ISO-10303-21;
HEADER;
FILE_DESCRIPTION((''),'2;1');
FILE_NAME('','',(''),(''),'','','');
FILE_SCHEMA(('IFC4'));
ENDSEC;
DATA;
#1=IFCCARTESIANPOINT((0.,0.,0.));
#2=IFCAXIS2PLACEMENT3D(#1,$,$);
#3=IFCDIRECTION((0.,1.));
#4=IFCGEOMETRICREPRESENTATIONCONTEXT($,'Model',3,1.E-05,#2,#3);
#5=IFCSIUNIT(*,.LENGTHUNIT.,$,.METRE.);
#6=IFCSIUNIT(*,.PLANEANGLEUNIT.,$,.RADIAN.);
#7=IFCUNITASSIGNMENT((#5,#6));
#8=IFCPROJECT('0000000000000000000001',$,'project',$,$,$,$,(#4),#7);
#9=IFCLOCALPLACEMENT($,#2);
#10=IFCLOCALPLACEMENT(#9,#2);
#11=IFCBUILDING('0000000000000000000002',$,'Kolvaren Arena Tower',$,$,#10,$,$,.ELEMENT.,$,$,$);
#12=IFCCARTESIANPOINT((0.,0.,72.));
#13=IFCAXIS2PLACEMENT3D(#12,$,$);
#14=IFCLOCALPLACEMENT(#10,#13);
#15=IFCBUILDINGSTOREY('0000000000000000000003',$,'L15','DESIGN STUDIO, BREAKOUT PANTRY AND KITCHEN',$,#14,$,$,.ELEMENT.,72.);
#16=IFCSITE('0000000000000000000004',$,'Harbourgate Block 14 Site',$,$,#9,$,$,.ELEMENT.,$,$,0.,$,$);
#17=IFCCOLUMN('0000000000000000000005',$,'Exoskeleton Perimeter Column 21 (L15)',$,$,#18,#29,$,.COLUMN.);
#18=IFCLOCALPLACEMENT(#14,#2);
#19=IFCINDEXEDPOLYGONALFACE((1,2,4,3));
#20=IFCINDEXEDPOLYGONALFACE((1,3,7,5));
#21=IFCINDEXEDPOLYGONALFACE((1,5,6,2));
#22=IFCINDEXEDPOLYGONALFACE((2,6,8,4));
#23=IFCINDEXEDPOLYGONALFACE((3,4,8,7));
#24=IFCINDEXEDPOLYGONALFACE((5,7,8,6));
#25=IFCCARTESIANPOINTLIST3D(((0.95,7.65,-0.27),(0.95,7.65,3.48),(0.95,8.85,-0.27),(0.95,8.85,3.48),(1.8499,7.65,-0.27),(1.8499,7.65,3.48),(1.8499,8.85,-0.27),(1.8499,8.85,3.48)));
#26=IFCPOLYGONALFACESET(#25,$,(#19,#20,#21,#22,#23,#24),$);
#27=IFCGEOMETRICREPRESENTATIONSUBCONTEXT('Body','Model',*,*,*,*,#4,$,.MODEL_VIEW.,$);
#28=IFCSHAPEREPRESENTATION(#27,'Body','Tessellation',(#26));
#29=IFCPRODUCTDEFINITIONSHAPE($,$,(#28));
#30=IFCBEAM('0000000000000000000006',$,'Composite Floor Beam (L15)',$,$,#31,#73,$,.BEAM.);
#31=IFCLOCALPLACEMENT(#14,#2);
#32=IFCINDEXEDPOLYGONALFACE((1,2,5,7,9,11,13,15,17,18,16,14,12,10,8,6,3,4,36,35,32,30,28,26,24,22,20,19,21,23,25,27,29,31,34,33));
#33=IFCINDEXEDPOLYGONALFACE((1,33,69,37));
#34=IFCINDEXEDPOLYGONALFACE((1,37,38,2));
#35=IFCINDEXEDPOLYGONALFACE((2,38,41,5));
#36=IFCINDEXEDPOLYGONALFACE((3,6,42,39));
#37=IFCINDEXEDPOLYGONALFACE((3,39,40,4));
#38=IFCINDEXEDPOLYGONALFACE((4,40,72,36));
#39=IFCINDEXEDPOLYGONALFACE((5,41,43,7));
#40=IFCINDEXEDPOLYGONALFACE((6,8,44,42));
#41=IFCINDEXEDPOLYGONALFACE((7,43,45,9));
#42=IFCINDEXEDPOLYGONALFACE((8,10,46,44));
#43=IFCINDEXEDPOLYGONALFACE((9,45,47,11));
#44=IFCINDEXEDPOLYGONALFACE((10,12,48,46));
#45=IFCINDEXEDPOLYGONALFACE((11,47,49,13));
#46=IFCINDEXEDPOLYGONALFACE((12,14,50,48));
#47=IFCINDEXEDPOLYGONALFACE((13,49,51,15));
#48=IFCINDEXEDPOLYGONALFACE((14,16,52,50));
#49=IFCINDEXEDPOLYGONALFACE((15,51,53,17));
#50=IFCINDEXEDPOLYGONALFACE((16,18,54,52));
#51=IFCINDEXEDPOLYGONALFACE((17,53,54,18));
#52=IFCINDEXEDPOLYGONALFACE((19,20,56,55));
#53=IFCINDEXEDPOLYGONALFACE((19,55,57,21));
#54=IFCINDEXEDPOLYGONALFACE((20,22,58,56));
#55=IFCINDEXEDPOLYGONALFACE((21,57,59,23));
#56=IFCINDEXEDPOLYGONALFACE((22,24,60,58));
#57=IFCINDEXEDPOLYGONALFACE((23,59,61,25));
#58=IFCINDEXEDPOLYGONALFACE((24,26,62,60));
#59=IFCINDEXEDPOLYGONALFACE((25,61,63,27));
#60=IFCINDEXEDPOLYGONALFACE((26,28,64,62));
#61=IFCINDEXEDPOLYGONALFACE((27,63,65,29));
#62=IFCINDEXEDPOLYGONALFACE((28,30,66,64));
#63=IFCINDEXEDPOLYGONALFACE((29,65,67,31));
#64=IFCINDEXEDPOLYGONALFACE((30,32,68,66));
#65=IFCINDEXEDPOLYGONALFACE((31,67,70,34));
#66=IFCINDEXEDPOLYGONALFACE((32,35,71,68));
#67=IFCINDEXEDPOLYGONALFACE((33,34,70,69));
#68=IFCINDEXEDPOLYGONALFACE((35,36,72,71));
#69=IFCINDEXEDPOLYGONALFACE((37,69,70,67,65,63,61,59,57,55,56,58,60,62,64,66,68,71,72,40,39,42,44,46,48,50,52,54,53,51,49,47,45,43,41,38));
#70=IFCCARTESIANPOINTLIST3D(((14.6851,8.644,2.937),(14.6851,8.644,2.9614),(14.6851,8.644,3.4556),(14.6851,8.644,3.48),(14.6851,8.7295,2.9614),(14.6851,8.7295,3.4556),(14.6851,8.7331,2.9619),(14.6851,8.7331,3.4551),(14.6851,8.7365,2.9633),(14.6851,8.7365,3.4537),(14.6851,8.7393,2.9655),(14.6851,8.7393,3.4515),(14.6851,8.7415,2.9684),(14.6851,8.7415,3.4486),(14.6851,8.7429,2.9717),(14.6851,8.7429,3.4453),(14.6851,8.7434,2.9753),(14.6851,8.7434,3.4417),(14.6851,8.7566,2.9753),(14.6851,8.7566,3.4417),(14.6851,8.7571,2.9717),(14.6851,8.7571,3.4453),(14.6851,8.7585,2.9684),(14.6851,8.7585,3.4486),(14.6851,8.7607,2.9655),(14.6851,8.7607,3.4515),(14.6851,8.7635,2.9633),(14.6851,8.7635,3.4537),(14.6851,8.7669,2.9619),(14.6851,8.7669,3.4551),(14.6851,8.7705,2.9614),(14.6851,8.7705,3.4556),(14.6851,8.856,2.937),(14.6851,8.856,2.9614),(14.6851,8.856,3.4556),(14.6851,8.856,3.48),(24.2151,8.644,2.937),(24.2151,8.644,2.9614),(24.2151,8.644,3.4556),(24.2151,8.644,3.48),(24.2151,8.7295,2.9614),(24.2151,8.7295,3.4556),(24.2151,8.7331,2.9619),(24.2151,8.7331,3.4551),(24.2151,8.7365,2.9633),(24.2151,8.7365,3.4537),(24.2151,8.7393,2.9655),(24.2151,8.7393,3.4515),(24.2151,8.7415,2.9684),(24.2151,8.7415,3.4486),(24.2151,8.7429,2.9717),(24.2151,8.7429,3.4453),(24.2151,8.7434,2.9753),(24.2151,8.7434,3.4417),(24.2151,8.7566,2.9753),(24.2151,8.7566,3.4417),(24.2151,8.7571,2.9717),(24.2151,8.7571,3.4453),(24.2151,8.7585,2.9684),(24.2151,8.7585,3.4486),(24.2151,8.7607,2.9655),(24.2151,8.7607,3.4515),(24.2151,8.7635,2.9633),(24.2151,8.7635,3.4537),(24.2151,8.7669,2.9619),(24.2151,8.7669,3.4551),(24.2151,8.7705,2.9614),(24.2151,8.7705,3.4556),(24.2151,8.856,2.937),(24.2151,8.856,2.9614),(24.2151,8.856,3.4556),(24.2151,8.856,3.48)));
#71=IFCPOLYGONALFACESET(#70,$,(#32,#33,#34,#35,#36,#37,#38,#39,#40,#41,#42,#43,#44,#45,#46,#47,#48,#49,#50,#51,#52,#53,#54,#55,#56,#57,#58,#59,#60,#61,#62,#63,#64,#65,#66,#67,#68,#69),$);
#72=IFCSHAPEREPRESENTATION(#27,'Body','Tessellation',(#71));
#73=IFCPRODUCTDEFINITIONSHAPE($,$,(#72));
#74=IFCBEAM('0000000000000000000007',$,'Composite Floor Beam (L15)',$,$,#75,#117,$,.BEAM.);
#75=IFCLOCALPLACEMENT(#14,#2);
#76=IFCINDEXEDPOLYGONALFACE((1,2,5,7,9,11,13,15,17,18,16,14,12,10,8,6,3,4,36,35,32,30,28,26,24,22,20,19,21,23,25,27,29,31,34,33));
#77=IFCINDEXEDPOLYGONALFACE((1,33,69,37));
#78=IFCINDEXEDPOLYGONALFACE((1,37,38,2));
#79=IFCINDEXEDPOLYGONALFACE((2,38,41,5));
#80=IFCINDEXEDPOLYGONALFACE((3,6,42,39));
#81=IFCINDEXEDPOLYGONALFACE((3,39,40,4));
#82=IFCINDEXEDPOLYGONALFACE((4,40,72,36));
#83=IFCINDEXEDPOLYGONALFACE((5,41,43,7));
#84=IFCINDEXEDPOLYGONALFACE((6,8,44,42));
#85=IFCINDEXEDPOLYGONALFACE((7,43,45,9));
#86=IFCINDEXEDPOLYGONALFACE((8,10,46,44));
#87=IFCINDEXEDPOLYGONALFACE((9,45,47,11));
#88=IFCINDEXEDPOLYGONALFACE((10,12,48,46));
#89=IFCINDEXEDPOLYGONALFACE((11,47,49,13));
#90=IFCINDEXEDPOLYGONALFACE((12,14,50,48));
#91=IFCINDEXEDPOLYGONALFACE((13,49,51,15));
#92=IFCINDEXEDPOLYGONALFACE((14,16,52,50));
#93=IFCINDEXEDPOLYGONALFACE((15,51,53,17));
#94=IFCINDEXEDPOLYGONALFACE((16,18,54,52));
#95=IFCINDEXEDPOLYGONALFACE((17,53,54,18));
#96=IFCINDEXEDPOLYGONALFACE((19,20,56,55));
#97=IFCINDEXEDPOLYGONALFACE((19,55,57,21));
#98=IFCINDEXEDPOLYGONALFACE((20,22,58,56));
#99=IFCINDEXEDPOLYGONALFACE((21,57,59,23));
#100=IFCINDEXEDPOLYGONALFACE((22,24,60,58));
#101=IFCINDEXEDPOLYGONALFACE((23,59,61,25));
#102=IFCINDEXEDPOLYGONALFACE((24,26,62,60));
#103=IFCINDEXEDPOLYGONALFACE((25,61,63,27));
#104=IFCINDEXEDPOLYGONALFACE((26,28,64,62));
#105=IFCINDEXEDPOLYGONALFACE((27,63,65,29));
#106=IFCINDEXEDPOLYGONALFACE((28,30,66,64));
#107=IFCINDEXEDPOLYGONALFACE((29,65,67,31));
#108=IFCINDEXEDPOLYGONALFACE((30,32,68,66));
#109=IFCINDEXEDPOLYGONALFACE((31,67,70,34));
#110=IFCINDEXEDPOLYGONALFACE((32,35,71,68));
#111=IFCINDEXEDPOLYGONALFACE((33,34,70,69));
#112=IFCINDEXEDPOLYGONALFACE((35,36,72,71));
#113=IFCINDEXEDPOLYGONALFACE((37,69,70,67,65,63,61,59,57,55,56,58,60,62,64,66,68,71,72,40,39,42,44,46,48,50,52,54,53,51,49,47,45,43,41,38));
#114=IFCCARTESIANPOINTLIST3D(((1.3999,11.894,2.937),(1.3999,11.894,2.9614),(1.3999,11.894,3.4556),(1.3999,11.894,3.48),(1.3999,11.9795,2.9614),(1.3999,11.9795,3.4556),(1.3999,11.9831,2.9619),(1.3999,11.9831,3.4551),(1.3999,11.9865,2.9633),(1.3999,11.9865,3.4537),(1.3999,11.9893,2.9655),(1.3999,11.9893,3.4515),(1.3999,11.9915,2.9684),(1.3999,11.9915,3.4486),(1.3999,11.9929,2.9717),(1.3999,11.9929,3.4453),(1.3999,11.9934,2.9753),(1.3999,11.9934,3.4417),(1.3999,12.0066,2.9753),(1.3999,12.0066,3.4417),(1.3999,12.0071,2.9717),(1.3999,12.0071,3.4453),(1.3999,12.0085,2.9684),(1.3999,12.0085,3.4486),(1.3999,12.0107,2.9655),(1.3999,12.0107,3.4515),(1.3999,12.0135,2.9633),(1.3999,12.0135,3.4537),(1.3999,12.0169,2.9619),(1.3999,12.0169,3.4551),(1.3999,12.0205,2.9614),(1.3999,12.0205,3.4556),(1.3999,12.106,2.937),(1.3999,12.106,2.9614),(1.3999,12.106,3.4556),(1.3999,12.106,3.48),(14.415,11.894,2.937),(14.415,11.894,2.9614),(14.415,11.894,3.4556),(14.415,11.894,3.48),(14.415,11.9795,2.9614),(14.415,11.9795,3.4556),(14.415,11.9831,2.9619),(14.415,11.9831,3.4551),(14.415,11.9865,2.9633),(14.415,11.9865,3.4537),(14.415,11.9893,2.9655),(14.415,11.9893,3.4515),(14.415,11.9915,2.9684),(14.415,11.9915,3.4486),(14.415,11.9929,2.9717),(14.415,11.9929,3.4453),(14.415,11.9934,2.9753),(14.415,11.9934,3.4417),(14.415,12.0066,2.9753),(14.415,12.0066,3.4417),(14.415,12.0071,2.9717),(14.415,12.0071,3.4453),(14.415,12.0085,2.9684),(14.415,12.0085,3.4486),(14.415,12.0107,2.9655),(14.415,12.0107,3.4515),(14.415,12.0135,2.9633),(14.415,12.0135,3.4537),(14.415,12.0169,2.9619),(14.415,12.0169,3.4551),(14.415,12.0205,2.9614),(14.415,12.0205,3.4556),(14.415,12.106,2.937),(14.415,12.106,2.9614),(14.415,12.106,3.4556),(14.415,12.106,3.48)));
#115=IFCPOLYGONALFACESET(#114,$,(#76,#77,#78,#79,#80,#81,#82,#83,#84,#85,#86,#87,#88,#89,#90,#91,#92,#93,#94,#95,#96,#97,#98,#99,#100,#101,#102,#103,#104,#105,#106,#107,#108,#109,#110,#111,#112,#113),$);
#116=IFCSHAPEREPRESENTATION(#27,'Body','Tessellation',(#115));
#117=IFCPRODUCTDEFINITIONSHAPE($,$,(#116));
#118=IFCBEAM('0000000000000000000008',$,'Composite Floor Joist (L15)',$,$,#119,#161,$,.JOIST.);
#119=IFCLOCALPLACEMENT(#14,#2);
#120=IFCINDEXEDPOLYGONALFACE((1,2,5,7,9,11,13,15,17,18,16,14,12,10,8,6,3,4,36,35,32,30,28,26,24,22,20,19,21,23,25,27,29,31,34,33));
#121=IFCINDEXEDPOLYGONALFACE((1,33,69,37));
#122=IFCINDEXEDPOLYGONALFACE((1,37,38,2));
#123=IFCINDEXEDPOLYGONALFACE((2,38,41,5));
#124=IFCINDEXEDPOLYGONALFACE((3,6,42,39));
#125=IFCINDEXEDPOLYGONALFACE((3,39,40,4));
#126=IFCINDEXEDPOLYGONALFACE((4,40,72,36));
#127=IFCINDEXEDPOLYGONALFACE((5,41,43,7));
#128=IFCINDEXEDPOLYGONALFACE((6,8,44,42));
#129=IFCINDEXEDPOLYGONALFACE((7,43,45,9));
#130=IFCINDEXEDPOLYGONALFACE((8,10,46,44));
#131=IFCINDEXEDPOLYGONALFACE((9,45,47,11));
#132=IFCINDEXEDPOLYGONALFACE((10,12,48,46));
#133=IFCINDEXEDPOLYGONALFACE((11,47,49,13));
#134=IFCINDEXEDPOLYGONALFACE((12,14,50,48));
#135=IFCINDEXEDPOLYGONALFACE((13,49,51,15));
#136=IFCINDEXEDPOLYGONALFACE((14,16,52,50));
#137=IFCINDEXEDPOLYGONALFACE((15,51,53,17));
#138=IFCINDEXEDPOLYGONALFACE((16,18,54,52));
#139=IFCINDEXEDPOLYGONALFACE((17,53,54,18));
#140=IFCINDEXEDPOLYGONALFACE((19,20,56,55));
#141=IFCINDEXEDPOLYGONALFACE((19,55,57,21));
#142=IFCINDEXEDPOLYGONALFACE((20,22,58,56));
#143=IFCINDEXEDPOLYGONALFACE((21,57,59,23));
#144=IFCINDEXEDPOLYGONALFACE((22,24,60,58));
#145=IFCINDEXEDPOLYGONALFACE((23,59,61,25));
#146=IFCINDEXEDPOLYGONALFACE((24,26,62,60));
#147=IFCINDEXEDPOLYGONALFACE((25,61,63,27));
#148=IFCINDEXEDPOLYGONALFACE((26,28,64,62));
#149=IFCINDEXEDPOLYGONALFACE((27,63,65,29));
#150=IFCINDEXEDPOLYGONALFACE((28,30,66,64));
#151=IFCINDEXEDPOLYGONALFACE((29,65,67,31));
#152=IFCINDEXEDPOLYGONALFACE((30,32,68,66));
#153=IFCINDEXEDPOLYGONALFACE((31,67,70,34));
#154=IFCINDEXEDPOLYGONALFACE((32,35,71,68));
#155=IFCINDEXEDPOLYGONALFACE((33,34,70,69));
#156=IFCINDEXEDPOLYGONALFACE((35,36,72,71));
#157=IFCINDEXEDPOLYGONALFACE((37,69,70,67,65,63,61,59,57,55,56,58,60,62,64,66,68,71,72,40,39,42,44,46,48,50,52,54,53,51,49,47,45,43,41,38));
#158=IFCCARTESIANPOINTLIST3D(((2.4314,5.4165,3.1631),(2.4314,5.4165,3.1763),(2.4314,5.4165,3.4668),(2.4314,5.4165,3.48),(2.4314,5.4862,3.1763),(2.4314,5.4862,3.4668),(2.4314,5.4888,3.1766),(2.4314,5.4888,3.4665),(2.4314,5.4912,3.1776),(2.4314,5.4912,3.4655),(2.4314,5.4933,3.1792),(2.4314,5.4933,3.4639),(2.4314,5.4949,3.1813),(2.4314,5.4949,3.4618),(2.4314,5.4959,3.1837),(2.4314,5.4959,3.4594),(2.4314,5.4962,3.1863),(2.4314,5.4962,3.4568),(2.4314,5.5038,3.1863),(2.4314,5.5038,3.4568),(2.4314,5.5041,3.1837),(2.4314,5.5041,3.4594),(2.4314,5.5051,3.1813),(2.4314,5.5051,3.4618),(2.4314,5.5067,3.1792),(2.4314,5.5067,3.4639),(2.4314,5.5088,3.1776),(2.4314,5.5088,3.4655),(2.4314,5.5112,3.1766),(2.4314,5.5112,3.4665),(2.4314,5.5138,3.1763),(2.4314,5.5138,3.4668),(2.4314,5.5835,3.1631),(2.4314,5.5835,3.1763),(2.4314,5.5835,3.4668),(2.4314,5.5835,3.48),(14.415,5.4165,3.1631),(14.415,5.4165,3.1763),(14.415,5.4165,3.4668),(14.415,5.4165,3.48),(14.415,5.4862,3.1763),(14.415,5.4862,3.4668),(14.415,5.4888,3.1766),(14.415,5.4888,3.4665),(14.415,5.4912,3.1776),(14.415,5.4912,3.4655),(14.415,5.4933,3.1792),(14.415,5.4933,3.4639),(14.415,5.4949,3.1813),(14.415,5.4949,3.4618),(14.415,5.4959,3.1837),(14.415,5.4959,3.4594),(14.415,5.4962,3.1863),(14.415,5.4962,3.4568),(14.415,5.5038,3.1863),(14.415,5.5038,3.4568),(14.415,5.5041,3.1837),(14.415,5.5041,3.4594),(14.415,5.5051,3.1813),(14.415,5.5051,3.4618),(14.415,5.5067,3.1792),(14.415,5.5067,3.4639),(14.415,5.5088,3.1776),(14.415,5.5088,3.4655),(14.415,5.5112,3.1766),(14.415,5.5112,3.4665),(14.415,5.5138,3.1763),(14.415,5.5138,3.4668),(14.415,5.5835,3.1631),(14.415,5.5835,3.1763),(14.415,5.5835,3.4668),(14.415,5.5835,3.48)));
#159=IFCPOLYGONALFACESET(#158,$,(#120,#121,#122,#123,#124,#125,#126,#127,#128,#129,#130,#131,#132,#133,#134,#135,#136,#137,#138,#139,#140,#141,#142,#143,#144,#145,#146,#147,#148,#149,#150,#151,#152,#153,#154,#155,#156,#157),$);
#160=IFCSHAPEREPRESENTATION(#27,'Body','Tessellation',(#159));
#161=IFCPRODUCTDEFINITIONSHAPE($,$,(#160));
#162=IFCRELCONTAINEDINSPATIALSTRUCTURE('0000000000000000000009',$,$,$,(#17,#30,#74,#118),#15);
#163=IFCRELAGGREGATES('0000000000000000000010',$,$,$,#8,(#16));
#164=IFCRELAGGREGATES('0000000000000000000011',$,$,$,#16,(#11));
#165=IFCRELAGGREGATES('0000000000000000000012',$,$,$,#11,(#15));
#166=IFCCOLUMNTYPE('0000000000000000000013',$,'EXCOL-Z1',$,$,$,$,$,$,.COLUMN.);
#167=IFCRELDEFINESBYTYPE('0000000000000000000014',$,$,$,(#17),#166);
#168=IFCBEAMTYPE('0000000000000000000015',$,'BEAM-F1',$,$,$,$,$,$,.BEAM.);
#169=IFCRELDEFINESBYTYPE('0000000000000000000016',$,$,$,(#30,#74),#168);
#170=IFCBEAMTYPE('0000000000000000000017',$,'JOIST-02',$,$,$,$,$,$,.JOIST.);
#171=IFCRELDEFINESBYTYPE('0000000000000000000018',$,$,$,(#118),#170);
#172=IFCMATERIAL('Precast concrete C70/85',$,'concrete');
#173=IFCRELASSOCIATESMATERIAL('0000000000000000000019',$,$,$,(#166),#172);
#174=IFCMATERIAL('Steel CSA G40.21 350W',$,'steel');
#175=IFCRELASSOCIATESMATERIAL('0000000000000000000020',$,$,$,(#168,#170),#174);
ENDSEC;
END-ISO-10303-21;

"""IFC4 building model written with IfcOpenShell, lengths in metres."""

from ifc_helpers import new_model, si_unit, direction, frame, origin, origin_2d, place, context, subcontext, project, spatial, rectangle, i_section, extrude, material, material_profile, profile_set, type_object, element, save


model = new_model("IFC4")

# Units and contexts
model_context = context("Model", 3, precision=1e-05, world=origin(), true_north=direction((0.0, 1.0)))
body_context = subcontext(model_context, "Body", "Model", "MODEL_VIEW")
ifc_project = project(units=[si_unit("LENGTHUNIT", "METRE"), si_unit("PLANEANGLEUNIT", "RADIAN")], contexts=[model_context])

# Site, building, storey
site_placement = place(None, origin())
site = spatial("IfcSite", under=ifc_project, at=site_placement, Name="Harbourgate Block 14 Site", CompositionType="ELEMENT", RefElevation=0.0)
building_placement = place(site_placement, origin())
building = spatial("IfcBuilding", under=site, at=building_placement, Name="Kolvaren Arena Tower", CompositionType="ELEMENT")
storey_placement = place(building_placement, frame((0.0, 0.0, 72.0)))
storey = spatial("IfcBuildingStorey", under=building, at=storey_placement, Name="L15", Description="DESIGN STUDIO, BREAKOUT PANTRY AND KITCHEN", CompositionType="ELEMENT", Elevation=72.0)

# Column
ifc_material_1 = material(Name="Precast concrete C70/85", Category="concrete")
ifc_material_profile_1 = material_profile(ifc_material_1, rectangle(XDim=1.2, YDim=0.8999, at=origin_2d()), Name="RC-1200x900")
ifc_profile_set_1 = profile_set([ifc_material_profile_1], Name="Precast concrete C70/85")
column_type = type_object("IfcColumnType", Name="EXCOL-Z1", PredefinedType="COLUMN", material=ifc_profile_set_1)
column_placement = place(storey_placement, frame((1.3999, 8.25, -0.27), z_axis=(0.0, 0.0, 1.0), x_axis=(0.0, 1.0, 0.0)))
element("IfcColumn", 1, at=column_placement, inside=storey, type_object=column_type, Name="Exoskeleton Perimeter Column 21 (L15)", PredefinedType="COLUMN", context=body_context, shape_type="SweptSolid", body=[
    extrude(rectangle(XDim=1.2, YDim=0.8999, at=origin_2d()), origin(), (0.0, 0.0, 1.0), 3.75),
])

# Beams
ifc_material_2 = material(Name="Steel CSA G40.21 350W", Category="steel")
ifc_material_profile_2 = material_profile(ifc_material_2, i_section(OverallWidth=0.2119, OverallDepth=0.543, WebThickness=0.0132, FlangeThickness=0.0244, FilletRadius=0.0139, at=origin_2d()), Name="W530x150")
ifc_profile_set_2 = profile_set([ifc_material_profile_2], Name="Steel CSA G40.21 350W")
beam_type_1 = type_object("IfcBeamType", Name="BEAM-F1", PredefinedType="BEAM", material=ifc_profile_set_2)
beam_1_placement = place(storey_placement, frame((14.6851, 8.75, 3.2085), z_axis=(1.0, 0.0, 0.0), x_axis=(0.0, 1.0, 0.0)))
element("IfcBeam", 2, at=beam_1_placement, inside=storey, type_object=beam_type_1, Name="Composite Floor Beam (L15)", PredefinedType="BEAM", context=body_context, shape_type="SweptSolid", body=[
    extrude(i_section(OverallWidth=0.2119, OverallDepth=0.543, WebThickness=0.0132, FlangeThickness=0.0244, FilletRadius=0.0139, at=origin_2d()), origin(), (0.0, 0.0, 1.0), 9.53),
])
beam_2_placement = place(storey_placement, frame((1.3999, 12.0, 3.2085), z_axis=(1.0, 0.0, 0.0), x_axis=(0.0, 1.0, 0.0)))
element("IfcBeam", 3, at=beam_2_placement, inside=storey, type_object=beam_type_1, Name="Composite Floor Beam (L15)", PredefinedType="BEAM", context=body_context, shape_type="SweptSolid", body=[
    extrude(i_section(OverallWidth=0.2119, OverallDepth=0.543, WebThickness=0.0132, FlangeThickness=0.0244, FilletRadius=0.0139, at=origin_2d()), origin(), (0.0, 0.0, 1.0), 13.0151),
])
ifc_material_profile_3 = material_profile(ifc_material_2, i_section(OverallWidth=0.167, OverallDepth=0.3169, WebThickness=0.0076, FlangeThickness=0.0132, FilletRadius=0.01, at=origin_2d()), Name="W310x52")
ifc_profile_set_3 = profile_set([ifc_material_profile_3], Name="Steel CSA G40.21 350W")
beam_type_2 = type_object("IfcBeamType", Name="JOIST-02", PredefinedType="JOIST", material=ifc_profile_set_3)
beam_3_placement = place(storey_placement, frame((2.4314, 5.5, 3.3215), z_axis=(1.0, 0.0, 0.0), x_axis=(0.0, 1.0, 0.0)))
element("IfcBeam", 4, at=beam_3_placement, inside=storey, type_object=beam_type_2, Name="Composite Floor Joist (L15)", PredefinedType="JOIST", context=body_context, shape_type="SweptSolid", body=[
    extrude(i_section(OverallWidth=0.167, OverallDepth=0.3169, WebThickness=0.0076, FlangeThickness=0.0132, FilletRadius=0.01, at=origin_2d()), origin(), (0.0, 0.0, 1.0), 11.9836),
])

save(model, "model.ifc")
